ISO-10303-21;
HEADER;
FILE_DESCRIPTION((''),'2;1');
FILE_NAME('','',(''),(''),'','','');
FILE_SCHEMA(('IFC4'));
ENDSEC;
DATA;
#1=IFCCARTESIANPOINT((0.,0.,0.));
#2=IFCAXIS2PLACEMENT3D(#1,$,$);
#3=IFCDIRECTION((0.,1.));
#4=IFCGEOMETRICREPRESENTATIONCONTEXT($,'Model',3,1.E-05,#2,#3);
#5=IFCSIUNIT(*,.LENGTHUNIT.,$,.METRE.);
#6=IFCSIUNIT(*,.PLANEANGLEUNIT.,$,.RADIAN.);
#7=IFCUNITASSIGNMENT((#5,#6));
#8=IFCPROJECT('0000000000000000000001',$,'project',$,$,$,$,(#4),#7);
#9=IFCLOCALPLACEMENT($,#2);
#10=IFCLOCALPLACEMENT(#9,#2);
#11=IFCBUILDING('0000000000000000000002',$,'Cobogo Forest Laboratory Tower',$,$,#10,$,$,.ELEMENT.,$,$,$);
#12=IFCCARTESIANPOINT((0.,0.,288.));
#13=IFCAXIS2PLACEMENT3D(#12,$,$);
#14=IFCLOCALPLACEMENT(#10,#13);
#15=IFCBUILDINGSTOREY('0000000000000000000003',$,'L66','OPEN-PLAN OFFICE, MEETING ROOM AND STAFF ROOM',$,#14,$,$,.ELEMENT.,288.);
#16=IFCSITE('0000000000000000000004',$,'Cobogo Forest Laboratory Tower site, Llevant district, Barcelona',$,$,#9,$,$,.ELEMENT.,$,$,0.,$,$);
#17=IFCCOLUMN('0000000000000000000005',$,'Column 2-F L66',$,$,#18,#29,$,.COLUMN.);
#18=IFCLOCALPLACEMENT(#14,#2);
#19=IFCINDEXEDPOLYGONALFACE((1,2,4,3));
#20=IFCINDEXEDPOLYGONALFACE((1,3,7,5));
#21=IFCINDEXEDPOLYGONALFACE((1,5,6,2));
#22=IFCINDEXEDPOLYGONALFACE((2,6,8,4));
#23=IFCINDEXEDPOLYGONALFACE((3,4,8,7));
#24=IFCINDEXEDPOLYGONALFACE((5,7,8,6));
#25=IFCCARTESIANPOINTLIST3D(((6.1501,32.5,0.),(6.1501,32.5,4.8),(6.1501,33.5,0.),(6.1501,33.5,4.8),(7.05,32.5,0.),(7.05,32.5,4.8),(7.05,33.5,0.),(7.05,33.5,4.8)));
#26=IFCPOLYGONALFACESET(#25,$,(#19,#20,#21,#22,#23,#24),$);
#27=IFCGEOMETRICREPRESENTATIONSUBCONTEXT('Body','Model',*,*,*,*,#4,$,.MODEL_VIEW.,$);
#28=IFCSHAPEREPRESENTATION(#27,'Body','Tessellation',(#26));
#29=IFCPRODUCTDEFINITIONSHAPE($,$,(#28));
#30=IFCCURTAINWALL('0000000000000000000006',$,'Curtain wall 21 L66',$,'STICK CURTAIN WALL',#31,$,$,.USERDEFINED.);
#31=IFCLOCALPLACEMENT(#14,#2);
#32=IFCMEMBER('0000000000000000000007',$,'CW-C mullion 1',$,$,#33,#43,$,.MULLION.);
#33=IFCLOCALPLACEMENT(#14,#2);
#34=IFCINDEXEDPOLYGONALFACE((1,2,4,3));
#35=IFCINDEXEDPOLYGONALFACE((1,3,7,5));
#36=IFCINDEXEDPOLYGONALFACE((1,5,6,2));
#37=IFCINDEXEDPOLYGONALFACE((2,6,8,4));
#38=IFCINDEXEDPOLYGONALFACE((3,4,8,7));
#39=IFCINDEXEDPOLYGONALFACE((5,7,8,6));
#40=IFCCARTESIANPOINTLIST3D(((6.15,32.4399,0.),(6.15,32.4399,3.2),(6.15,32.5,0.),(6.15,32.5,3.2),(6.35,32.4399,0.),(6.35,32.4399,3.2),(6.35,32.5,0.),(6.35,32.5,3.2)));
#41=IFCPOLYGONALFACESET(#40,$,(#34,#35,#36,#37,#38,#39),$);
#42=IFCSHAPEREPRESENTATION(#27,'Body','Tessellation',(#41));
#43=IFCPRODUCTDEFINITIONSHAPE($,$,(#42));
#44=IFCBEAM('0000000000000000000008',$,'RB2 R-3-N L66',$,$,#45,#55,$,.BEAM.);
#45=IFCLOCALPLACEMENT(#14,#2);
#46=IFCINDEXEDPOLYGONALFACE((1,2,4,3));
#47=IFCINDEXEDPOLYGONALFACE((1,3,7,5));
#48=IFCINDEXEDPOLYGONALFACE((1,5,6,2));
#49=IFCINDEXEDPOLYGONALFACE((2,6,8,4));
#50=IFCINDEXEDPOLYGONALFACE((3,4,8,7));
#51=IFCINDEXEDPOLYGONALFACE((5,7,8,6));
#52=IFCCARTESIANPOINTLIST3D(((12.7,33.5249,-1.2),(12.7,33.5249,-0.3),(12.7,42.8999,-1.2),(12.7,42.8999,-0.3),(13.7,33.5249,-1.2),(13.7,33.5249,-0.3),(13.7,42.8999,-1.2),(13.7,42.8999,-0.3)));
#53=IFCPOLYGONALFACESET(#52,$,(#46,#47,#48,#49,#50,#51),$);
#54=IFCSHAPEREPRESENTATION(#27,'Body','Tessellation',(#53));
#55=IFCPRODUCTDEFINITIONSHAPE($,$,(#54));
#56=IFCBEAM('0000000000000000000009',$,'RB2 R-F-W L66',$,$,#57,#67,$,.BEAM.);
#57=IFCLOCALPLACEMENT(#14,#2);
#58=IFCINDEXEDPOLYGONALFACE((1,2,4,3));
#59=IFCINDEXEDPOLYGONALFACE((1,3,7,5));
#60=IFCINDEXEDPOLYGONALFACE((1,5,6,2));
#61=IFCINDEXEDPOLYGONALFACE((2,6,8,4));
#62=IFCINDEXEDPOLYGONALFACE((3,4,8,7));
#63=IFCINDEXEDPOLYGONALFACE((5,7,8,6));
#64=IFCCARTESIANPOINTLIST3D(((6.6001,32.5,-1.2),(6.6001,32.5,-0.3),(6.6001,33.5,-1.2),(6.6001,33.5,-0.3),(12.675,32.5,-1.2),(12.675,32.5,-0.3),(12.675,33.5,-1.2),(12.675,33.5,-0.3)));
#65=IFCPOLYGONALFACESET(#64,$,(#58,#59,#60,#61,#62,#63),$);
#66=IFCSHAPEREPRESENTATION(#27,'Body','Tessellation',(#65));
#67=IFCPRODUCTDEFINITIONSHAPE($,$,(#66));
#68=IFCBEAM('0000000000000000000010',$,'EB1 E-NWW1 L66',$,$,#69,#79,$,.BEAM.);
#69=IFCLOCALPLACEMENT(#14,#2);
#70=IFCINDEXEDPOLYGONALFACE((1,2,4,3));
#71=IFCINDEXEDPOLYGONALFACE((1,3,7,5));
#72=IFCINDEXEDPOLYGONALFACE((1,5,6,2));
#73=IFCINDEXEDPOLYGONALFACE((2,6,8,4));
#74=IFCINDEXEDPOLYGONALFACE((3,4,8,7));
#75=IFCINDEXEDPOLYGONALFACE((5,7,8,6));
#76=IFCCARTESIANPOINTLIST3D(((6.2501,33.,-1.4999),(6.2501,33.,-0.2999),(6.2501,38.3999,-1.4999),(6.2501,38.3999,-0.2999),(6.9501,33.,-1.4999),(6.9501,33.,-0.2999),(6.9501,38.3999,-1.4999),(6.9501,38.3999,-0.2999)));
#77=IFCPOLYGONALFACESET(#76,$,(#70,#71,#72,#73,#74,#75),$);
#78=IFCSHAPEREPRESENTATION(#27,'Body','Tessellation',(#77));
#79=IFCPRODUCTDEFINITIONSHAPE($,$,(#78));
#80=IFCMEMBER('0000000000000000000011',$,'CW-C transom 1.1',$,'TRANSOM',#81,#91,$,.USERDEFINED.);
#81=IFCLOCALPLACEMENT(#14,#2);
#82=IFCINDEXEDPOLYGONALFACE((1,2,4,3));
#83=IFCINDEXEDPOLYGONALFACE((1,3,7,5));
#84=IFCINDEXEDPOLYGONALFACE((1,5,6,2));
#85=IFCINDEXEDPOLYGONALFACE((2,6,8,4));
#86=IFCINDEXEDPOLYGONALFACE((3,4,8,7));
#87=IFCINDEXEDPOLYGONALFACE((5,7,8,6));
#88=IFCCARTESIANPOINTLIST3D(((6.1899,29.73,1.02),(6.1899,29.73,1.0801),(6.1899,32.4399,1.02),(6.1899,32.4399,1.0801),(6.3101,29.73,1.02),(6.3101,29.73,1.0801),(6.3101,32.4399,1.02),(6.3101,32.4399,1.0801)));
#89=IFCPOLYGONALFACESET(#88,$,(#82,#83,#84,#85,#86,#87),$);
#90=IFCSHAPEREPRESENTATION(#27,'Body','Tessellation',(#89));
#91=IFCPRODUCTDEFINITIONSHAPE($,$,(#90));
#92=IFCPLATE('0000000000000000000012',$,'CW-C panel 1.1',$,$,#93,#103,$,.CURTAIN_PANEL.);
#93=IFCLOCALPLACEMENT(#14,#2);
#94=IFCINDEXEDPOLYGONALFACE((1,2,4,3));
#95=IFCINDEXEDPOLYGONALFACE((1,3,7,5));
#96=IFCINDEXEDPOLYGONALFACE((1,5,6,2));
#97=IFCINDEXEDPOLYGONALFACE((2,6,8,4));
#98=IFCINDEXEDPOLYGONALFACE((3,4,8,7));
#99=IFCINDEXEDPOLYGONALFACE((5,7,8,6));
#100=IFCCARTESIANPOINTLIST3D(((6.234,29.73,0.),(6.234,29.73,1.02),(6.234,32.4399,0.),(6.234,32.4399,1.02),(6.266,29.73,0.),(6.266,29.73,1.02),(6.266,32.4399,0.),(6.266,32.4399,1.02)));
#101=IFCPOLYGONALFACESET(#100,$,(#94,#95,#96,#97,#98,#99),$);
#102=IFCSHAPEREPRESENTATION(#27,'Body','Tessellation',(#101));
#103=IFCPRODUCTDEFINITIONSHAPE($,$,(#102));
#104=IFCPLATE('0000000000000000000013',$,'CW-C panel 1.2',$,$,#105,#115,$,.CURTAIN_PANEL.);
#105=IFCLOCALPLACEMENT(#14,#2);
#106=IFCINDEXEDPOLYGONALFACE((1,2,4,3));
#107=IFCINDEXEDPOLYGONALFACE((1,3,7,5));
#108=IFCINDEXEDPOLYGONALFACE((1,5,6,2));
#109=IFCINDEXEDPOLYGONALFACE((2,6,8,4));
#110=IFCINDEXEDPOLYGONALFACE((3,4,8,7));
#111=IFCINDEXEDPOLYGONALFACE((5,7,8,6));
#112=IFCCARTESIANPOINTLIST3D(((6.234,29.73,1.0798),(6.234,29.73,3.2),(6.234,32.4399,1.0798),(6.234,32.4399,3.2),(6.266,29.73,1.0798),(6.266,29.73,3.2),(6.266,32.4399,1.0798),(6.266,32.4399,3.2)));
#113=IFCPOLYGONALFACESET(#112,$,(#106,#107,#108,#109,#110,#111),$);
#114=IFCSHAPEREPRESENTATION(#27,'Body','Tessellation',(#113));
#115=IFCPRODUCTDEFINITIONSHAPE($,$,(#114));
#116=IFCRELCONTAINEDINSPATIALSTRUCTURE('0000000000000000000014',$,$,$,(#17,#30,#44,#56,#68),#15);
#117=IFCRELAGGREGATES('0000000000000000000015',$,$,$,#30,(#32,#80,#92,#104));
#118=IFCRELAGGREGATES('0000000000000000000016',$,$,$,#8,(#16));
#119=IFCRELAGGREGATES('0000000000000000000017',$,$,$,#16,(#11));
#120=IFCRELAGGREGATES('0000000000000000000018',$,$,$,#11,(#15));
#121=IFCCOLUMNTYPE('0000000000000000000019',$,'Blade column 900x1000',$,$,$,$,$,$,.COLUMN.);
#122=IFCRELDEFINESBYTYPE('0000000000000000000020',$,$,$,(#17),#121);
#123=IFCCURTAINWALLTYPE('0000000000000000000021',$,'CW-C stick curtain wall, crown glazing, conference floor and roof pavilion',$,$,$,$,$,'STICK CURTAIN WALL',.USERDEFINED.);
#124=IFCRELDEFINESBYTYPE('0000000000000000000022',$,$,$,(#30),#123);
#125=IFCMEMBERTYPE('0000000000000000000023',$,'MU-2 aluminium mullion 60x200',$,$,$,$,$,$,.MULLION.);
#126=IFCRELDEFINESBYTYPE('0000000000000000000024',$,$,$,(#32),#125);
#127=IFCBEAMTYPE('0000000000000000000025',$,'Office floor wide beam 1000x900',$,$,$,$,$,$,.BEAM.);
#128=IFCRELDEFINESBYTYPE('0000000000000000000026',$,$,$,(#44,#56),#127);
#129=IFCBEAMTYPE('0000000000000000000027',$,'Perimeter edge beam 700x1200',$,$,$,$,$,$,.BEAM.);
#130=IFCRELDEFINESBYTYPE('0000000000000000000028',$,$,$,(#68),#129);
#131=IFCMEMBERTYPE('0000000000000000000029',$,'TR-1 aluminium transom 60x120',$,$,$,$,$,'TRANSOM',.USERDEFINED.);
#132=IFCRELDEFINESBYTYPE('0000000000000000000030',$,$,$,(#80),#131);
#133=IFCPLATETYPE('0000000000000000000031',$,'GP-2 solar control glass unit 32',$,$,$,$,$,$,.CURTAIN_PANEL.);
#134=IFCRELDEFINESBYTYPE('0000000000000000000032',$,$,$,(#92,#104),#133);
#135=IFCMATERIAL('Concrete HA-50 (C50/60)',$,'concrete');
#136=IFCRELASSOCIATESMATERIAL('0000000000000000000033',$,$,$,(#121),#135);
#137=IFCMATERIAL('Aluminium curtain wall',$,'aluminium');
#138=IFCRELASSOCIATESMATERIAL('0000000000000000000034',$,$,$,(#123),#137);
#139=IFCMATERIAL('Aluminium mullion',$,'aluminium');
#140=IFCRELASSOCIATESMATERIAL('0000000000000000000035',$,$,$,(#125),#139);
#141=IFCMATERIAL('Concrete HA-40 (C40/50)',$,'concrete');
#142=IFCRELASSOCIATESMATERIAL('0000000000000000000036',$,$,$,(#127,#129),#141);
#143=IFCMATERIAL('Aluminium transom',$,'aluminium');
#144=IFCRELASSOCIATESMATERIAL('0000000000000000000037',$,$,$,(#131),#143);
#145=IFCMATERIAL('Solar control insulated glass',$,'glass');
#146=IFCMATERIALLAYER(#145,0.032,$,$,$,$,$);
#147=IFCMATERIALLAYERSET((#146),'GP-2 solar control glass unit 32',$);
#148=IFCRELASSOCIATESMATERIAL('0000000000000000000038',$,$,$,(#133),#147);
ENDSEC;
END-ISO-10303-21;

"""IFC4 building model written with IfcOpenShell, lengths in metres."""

from ifc_helpers import new_model, si_unit, direction, frame, origin, origin_2d, place, context, subcontext, project, spatial, rectangle, extrude, material, layer, layer_set, material_profile, profile_set, type_object, element, aggregate, save


model = new_model("IFC4")

# Units and contexts
model_context = context("Model", 3, precision=1e-05, world=origin(), true_north=direction((0.0, 1.0)))
body_context = subcontext(model_context, "Body", "Model", "MODEL_VIEW")
ifc_project = project(units=[si_unit("LENGTHUNIT", "METRE"), si_unit("PLANEANGLEUNIT", "RADIAN")], contexts=[model_context])

# Site, building, storey
site_placement = place(None, origin())
site = spatial("IfcSite", under=ifc_project, at=site_placement, Name="Cobogo Forest Laboratory Tower site, Llevant district, Barcelona", CompositionType="ELEMENT", RefElevation=0.0)
building_placement = place(site_placement, origin())
building = spatial("IfcBuilding", under=site, at=building_placement, Name="Cobogo Forest Laboratory Tower", CompositionType="ELEMENT")
storey_placement = place(building_placement, frame((0.0, 0.0, 288.0)))
storey = spatial("IfcBuildingStorey", under=building, at=storey_placement, Name="L66", Description="OPEN-PLAN OFFICE, MEETING ROOM AND STAFF ROOM", CompositionType="ELEMENT", Elevation=288.0)

# Column
ifc_material_1 = material(Name="Concrete HA-50 (C50/60)", Category="concrete")
ifc_material_profile_1 = material_profile(ifc_material_1, rectangle(XDim=1.0, YDim=0.8999, at=origin_2d()), Name="RC 900x1000")
ifc_profile_set_1 = profile_set([ifc_material_profile_1], Name="Concrete HA-50 (C50/60)")
column_type = type_object("IfcColumnType", Name="Blade column 900x1000", PredefinedType="COLUMN", material=ifc_profile_set_1)
column_placement = place(storey_placement, frame((6.6001, 33.0, 0.0), z_axis=(0.0, 0.0, 1.0), x_axis=(0.0, 1.0, 0.0)))
element("IfcColumn", 1, at=column_placement, inside=storey, type_object=column_type, Name="Column 2-F L66", PredefinedType="COLUMN", context=body_context, shape_type="SweptSolid", body=[
    extrude(rectangle(XDim=1.0, YDim=0.8999, at=origin_2d()), origin(), (0.0, 0.0, 1.0), 4.8),
])

# Curtain wall, member
ifc_material_2 = material(Name="Aluminium curtain wall", Category="aluminium")
curtain_wall_type = type_object("IfcCurtainWallType", Name="CW-C stick curtain wall, crown glazing, conference floor and roof pavilion", ElementType="STICK CURTAIN WALL", PredefinedType="USERDEFINED", material=ifc_material_2)
curtain_wall_placement = place(storey_placement, origin())
curtain_wall = element("IfcCurtainWall", 2, at=curtain_wall_placement, inside=storey, type_object=curtain_wall_type, Name="Curtain wall 21 L66", ObjectType="STICK CURTAIN WALL", PredefinedType="USERDEFINED")
ifc_material_3 = material(Name="Aluminium mullion", Category="aluminium")
ifc_material_profile_2 = material_profile(ifc_material_3, rectangle(XDim=0.0601, YDim=0.2, at=origin_2d()), Name="AL 60x200")
ifc_profile_set_2 = profile_set([ifc_material_profile_2], Name="Aluminium mullion")
member_type_1 = type_object("IfcMemberType", Name="MU-2 aluminium mullion 60x200", PredefinedType="MULLION", material=ifc_profile_set_2)
member_1_placement = place(storey_placement, frame((6.25, 32.47, 0.0), z_axis=(0.0, 0.0, 1.0), x_axis=(0.0, -1.0, 0.0)))
member_1 = element("IfcMember", 3, at=member_1_placement, type_object=member_type_1, Name="CW-C mullion 1", PredefinedType="MULLION", context=body_context, shape_type="SweptSolid", body=[
    extrude(rectangle(XDim=0.0601, YDim=0.2, at=origin_2d()), origin(), (0.0, 0.0, 1.0), 3.2),
])

# Beams
ifc_material_4 = material(Name="Concrete HA-40 (C40/50)", Category="concrete")
ifc_material_profile_3 = material_profile(ifc_material_4, rectangle(XDim=1.0, YDim=0.8999, at=origin_2d()), Name="RC 1000x900")
ifc_profile_set_3 = profile_set([ifc_material_profile_3], Name="Concrete HA-40 (C40/50)")
beam_type_1 = type_object("IfcBeamType", Name="Office floor wide beam 1000x900", PredefinedType="BEAM", material=ifc_profile_set_3)
beam_1_placement = place(storey_placement, frame((13.2, 33.5249, -0.75), z_axis=(0.0, 1.0, 0.0), x_axis=(-1.0, 0.0, 0.0)))
element("IfcBeam", 4, at=beam_1_placement, inside=storey, type_object=beam_type_1, Name="RB2 R-3-N L66", PredefinedType="BEAM", context=body_context, shape_type="SweptSolid", body=[
    extrude(rectangle(XDim=1.0, YDim=0.8999, at=origin_2d()), origin(), (0.0, 0.0, 1.0), 9.375),
])
beam_2_placement = place(storey_placement, frame((12.675, 33.0, -0.75), z_axis=(-1.0, 0.0, 0.0), x_axis=(0.0, -1.0, 0.0)))
element("IfcBeam", 5, at=beam_2_placement, inside=storey, type_object=beam_type_1, Name="RB2 R-F-W L66", PredefinedType="BEAM", context=body_context, shape_type="SweptSolid", body=[
    extrude(rectangle(XDim=1.0, YDim=0.8999, at=origin_2d()), origin(), (0.0, 0.0, 1.0), 6.075),
])
ifc_material_profile_4 = material_profile(ifc_material_4, rectangle(XDim=0.7, YDim=1.2, at=origin_2d()), Name="RC 700x1200")
ifc_profile_set_4 = profile_set([ifc_material_profile_4], Name="Concrete HA-40 (C40/50)")
beam_type_2 = type_object("IfcBeamType", Name="Perimeter edge beam 700x1200", PredefinedType="BEAM", material=ifc_profile_set_4)
beam_3_placement = place(storey_placement, frame((6.6001, 33.0, -0.8999), z_axis=(0.0, 1.0, 0.0), x_axis=(-1.0, 0.0, 0.0)))
element("IfcBeam", 6, at=beam_3_placement, inside=storey, type_object=beam_type_2, Name="EB1 E-NWW1 L66", PredefinedType="BEAM", context=body_context, shape_type="SweptSolid", body=[
    extrude(rectangle(XDim=0.7, YDim=1.2, at=origin_2d()), origin(), (0.0, 0.0, 1.0), 5.3999),
])

# Member
ifc_material_5 = material(Name="Aluminium transom", Category="aluminium")
ifc_material_profile_5 = material_profile(ifc_material_5, rectangle(XDim=0.1201, YDim=0.0601, at=origin_2d()), Name="AL 60x120")
ifc_profile_set_5 = profile_set([ifc_material_profile_5], Name="Aluminium transom")
member_type_2 = type_object("IfcMemberType", Name="TR-1 aluminium transom 60x120", ElementType="TRANSOM", PredefinedType="USERDEFINED", material=ifc_profile_set_5)
member_2_placement = place(storey_placement, frame((6.25, 32.4399, 1.05), z_axis=(0.0, -1.0, 0.0), x_axis=(1.0, 0.0, 0.0)))
member_2 = element("IfcMember", 7, at=member_2_placement, type_object=member_type_2, Name="CW-C transom 1.1", ObjectType="TRANSOM", PredefinedType="USERDEFINED", context=body_context, shape_type="SweptSolid", body=[
    extrude(rectangle(XDim=0.1201, YDim=0.0601, at=origin_2d()), origin(), (0.0, 0.0, 1.0), 2.71),
])

# Plates
ifc_material_6 = material(Name="Solar control insulated glass", Category="glass")
ifc_layer_1 = layer(ifc_material_6, 0.032)
ifc_layer_set_1 = layer_set([ifc_layer_1], Name="GP-2 solar control glass unit 32")
plate_type = type_object("IfcPlateType", Name="GP-2 solar control glass unit 32", PredefinedType="CURTAIN_PANEL", material=ifc_layer_set_1)
plate_1_placement = place(storey_placement, frame((6.25, 31.085, 0.0), z_axis=(0.0, 0.0, 1.0), x_axis=(0.0, -1.0, 0.0)))
plate_1 = element("IfcPlate", 8, at=plate_1_placement, type_object=plate_type, Name="CW-C panel 1.1", PredefinedType="CURTAIN_PANEL", context=body_context, shape_type="SweptSolid", body=[
    extrude(rectangle(XDim=2.71, YDim=0.032, at=origin_2d()), origin(), (0.0, 0.0, 1.0), 1.02),
])
plate_2_placement = place(storey_placement, frame((6.25, 31.085, 1.0798), z_axis=(0.0, 0.0, 1.0), x_axis=(0.0, -1.0, 0.0)))
plate_2 = element("IfcPlate", 9, at=plate_2_placement, type_object=plate_type, Name="CW-C panel 1.2", PredefinedType="CURTAIN_PANEL", context=body_context, shape_type="SweptSolid", body=[
    extrude(rectangle(XDim=2.71, YDim=0.032, at=origin_2d()), origin(), (0.0, 0.0, 1.0), 2.1201),
])
aggregate(curtain_wall, [member_1, member_2, plate_1, plate_2])

save(model, "model.ifc")
